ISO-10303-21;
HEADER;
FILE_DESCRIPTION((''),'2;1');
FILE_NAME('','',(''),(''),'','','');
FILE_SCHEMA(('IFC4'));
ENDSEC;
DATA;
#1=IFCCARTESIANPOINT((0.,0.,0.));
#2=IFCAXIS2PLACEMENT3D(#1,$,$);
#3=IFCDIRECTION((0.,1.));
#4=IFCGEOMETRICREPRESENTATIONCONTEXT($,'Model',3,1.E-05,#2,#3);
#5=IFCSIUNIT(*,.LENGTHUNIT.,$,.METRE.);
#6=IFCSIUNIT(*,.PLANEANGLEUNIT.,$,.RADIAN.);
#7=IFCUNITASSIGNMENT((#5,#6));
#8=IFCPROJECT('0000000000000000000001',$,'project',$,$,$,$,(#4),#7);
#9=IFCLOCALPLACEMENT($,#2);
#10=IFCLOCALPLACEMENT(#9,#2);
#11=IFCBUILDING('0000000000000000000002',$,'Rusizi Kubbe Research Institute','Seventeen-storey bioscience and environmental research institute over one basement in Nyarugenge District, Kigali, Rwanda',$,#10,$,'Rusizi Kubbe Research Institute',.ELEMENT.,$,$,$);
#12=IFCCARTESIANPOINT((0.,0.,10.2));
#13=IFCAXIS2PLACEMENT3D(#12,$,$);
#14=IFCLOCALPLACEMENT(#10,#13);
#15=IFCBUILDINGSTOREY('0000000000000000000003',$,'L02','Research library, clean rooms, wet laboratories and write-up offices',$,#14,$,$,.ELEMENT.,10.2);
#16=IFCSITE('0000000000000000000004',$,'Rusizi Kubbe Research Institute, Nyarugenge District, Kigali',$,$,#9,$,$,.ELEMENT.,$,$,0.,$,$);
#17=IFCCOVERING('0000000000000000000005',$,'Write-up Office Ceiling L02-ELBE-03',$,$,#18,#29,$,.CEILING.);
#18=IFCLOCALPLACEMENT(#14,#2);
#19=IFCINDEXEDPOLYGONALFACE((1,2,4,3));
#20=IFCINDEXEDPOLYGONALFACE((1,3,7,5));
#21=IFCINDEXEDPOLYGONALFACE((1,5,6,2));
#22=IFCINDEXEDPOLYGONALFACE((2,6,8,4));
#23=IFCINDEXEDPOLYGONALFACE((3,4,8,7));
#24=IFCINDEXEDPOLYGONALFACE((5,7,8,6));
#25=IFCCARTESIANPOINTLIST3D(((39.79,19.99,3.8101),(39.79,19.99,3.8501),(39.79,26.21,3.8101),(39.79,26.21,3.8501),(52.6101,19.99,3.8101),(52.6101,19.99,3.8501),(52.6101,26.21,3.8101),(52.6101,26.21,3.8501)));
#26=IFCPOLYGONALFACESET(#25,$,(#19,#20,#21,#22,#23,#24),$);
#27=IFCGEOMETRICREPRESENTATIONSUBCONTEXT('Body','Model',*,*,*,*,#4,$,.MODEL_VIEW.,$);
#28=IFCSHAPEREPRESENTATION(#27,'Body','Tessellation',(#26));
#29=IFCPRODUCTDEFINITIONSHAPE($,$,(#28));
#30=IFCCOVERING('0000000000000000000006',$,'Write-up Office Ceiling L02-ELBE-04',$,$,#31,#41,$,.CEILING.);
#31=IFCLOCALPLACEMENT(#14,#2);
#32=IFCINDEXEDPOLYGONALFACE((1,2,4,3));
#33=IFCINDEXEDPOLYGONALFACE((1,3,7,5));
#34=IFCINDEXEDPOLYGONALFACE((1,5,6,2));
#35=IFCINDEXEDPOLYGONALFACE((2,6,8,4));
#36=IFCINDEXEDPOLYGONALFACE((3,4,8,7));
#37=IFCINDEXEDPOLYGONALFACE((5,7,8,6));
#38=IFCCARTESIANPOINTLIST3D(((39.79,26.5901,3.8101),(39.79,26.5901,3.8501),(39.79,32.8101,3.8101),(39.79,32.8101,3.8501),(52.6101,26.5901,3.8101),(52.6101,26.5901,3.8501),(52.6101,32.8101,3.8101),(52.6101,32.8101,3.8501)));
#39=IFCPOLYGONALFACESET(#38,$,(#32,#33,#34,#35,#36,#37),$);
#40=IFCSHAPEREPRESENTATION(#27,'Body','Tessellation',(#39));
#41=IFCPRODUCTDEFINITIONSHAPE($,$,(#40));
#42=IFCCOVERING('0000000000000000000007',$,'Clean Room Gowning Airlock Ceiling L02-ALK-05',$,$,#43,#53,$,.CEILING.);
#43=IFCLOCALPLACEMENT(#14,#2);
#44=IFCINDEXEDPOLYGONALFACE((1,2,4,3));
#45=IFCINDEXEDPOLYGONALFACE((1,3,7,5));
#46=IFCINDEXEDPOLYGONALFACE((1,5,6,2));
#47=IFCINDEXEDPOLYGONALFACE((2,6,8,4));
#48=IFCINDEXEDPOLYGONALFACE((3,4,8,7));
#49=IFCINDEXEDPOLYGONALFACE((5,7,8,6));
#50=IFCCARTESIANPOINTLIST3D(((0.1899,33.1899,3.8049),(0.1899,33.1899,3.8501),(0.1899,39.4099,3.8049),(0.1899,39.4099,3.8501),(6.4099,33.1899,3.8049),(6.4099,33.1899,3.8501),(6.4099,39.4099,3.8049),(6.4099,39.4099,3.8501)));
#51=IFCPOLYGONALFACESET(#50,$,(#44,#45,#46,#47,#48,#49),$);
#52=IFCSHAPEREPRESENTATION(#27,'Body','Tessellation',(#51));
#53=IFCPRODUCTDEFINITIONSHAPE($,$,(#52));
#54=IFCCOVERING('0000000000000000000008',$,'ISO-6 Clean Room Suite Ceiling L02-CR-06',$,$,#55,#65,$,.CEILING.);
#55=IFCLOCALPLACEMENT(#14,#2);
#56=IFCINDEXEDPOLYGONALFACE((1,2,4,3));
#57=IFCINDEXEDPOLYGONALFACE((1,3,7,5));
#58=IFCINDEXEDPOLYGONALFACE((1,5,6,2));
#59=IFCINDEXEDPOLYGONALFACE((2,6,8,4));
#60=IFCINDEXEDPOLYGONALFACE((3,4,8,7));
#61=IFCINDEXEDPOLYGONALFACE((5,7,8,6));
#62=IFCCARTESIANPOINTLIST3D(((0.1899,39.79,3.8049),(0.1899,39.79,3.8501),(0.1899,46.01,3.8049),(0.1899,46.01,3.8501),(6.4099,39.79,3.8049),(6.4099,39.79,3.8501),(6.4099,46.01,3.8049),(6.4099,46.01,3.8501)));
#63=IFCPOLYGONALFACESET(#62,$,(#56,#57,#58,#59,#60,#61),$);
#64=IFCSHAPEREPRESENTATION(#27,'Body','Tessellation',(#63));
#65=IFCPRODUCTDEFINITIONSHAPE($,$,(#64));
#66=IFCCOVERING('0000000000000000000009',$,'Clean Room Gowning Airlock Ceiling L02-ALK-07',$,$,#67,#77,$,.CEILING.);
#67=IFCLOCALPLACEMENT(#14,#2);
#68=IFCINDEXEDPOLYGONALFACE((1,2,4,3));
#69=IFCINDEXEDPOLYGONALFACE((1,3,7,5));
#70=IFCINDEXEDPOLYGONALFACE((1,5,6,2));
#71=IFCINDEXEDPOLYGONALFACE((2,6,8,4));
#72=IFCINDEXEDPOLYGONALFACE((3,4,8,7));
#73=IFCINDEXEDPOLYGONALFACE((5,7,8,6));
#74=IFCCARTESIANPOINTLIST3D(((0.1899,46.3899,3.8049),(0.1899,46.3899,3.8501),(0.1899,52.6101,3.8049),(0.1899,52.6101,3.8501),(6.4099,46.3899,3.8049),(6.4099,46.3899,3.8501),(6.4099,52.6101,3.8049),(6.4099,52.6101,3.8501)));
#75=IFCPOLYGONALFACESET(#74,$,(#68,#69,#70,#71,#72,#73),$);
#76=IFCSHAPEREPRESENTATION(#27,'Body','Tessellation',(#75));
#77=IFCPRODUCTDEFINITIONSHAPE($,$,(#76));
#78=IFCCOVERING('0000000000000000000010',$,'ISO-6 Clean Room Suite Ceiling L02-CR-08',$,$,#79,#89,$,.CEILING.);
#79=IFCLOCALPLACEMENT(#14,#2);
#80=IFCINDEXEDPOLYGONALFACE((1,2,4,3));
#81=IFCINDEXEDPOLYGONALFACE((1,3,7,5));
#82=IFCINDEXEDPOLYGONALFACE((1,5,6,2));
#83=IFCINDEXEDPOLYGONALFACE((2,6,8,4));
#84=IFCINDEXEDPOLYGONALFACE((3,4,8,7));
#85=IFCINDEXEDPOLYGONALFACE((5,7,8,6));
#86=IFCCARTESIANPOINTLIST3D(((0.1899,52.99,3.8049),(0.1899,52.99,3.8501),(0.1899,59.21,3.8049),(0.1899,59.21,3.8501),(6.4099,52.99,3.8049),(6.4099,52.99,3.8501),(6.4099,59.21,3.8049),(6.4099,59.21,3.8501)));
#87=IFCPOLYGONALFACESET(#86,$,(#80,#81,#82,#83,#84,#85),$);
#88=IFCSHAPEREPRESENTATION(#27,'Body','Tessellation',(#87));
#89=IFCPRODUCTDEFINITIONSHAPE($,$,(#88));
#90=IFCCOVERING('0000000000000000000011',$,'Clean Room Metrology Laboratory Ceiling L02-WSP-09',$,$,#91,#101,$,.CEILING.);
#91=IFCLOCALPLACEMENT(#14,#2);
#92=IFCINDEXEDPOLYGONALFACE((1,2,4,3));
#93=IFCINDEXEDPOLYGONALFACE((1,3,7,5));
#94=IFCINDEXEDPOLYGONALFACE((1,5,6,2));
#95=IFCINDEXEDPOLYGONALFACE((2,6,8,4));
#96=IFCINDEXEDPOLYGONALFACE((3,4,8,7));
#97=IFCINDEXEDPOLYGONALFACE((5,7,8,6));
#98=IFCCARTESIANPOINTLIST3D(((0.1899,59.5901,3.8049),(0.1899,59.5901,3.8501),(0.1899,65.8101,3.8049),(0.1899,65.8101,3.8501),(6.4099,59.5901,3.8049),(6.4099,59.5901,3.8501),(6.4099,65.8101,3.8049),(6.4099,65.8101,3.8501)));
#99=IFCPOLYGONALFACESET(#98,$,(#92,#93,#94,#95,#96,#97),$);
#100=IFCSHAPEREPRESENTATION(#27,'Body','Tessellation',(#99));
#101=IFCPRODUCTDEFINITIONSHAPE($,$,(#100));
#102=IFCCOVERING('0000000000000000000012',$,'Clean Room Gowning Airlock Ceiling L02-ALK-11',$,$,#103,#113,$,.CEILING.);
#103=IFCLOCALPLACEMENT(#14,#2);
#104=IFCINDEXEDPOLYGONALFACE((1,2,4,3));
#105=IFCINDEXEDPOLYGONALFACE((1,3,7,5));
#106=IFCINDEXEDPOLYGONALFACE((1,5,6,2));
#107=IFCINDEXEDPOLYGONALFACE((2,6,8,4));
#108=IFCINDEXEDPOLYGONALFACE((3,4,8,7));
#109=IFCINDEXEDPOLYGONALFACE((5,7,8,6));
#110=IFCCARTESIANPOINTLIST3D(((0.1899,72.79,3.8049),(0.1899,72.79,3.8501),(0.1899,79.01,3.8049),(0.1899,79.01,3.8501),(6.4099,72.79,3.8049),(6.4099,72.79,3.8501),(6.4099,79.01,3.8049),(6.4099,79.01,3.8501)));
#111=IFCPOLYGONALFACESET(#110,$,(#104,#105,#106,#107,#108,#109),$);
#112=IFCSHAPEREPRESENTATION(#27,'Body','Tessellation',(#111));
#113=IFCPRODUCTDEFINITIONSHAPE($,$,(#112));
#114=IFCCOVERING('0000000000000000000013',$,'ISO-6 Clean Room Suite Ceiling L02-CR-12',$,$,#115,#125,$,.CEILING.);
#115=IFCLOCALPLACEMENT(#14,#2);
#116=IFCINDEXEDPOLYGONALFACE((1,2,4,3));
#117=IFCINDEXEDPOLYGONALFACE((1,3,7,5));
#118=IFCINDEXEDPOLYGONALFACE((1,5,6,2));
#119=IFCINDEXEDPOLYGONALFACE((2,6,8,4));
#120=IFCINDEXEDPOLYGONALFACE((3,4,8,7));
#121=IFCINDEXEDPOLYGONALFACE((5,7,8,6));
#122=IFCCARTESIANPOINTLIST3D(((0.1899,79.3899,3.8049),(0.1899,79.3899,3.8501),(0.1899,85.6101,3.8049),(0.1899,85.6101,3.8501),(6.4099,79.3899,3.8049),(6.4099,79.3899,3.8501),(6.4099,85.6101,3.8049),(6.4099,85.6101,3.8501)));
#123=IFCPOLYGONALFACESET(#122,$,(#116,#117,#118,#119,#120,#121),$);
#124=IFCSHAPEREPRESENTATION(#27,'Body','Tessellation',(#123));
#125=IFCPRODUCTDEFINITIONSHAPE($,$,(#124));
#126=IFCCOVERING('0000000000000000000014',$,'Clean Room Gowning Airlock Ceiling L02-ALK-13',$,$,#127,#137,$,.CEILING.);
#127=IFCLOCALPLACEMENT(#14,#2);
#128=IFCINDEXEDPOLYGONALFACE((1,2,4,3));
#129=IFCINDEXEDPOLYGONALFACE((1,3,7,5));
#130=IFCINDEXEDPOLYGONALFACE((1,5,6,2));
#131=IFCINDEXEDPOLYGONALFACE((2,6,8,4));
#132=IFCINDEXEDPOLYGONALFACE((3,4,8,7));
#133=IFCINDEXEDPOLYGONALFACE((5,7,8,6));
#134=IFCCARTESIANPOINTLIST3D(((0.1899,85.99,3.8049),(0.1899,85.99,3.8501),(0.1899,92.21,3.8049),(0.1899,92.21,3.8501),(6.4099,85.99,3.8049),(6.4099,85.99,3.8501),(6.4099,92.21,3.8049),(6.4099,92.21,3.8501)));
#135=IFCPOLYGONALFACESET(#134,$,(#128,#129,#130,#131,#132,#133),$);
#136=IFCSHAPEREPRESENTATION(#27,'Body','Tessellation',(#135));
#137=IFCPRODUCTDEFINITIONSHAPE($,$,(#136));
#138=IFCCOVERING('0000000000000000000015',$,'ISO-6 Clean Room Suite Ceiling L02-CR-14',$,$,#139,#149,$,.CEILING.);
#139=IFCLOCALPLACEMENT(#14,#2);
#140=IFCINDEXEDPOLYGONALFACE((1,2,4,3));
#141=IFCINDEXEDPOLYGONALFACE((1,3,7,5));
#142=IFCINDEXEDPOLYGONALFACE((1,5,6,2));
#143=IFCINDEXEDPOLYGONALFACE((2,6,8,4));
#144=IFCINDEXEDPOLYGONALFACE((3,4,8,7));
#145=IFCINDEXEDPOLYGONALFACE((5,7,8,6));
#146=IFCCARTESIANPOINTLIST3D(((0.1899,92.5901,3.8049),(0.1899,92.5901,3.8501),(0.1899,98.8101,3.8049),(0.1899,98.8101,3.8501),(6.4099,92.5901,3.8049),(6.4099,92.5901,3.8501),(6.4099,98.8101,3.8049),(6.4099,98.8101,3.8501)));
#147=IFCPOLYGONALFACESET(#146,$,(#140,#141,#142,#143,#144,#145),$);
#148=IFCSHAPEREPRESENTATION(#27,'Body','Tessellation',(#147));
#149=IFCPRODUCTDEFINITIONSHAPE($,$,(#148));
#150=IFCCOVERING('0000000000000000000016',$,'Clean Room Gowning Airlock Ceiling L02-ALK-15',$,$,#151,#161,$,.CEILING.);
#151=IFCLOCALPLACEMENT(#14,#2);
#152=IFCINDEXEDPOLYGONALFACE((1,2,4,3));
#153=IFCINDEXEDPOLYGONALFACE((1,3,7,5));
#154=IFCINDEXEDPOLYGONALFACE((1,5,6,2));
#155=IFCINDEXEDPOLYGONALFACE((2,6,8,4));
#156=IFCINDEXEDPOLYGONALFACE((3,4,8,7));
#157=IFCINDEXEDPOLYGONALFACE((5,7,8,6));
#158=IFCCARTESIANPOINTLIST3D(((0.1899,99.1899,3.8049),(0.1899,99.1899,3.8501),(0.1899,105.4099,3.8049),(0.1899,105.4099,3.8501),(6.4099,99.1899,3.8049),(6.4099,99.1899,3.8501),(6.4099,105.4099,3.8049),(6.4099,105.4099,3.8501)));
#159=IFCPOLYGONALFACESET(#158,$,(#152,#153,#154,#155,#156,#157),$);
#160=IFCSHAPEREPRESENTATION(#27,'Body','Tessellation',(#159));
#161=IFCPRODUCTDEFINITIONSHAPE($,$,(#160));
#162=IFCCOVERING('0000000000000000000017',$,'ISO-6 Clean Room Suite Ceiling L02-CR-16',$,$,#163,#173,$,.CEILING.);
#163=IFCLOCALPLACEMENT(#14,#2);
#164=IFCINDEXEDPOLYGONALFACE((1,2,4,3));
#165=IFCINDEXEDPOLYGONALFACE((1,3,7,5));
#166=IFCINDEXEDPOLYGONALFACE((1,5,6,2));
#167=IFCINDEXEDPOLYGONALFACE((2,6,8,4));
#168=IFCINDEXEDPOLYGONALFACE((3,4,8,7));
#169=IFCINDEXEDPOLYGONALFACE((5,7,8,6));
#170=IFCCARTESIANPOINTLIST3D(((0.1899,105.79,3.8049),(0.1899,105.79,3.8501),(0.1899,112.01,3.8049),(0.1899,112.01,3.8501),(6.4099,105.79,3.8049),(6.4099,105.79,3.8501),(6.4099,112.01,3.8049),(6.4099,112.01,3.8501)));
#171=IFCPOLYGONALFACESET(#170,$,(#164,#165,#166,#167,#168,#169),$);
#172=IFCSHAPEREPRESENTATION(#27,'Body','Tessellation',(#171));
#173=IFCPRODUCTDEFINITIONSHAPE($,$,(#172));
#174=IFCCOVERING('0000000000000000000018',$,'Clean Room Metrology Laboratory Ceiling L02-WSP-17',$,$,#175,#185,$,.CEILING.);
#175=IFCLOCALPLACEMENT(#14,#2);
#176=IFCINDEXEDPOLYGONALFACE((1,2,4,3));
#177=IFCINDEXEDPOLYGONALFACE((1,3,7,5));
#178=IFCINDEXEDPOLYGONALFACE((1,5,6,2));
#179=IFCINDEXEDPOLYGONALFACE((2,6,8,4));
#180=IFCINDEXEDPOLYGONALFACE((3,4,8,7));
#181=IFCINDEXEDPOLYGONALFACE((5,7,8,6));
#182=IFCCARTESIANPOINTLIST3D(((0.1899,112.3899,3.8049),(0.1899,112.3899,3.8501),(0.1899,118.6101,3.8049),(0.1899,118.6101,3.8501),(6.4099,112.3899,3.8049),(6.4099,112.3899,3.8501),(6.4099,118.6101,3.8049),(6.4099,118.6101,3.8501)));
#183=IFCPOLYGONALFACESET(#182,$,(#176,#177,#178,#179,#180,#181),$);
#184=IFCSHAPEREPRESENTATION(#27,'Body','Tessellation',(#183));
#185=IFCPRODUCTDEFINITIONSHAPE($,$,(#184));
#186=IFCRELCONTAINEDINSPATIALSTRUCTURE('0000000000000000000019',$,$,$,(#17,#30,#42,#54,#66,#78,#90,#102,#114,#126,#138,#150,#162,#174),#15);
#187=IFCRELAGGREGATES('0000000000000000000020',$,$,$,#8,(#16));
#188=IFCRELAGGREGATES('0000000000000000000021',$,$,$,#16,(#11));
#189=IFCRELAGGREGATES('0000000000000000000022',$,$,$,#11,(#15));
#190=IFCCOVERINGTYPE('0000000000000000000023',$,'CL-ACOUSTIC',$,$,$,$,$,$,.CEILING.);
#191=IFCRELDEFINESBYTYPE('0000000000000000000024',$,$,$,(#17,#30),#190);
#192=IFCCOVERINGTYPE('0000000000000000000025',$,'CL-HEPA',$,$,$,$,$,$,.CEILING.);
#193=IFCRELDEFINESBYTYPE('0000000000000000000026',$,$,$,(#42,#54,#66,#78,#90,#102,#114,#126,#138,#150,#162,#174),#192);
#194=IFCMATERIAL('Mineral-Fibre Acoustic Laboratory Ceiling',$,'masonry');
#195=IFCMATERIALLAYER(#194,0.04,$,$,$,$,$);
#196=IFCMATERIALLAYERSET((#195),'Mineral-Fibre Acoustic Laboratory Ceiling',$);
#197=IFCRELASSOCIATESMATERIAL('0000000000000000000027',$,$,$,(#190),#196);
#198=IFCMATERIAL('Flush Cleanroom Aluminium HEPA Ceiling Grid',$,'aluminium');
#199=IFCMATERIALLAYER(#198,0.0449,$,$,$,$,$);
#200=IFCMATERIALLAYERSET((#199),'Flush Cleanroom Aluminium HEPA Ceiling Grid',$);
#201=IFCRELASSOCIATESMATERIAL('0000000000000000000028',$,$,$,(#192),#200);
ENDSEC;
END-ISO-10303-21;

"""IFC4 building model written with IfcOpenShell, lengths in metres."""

from ifc_helpers import new_model, si_unit, direction, frame, origin, place, context, subcontext, project, spatial, polyline, outline, extrude, material, layer, layer_set, type_object, element, save


model = new_model("IFC4")

# Units and contexts
model_context = context("Model", 3, precision=1e-05, world=origin(), true_north=direction((0.0, 1.0)))
body_context = subcontext(model_context, "Body", "Model", "MODEL_VIEW")
ifc_project = project(units=[si_unit("LENGTHUNIT", "METRE"), si_unit("PLANEANGLEUNIT", "RADIAN")], contexts=[model_context])

# Site, building, storey
site_placement = place(None, origin())
site = spatial("IfcSite", under=ifc_project, at=site_placement, Name="Rusizi Kubbe Research Institute, Nyarugenge District, Kigali", CompositionType="ELEMENT", RefElevation=0.0)
building_placement = place(site_placement, origin())
building = spatial("IfcBuilding", under=site, at=building_placement, Name="Rusizi Kubbe Research Institute", Description="Seventeen-storey bioscience and environmental research institute over one basement in Nyarugenge District, Kigali, Rwanda", LongName="Rusizi Kubbe Research Institute", CompositionType="ELEMENT")
storey_placement = place(building_placement, frame((0.0, 0.0, 10.2)))
storey = spatial("IfcBuildingStorey", under=building, at=storey_placement, Name="L02", Description="Research library, clean rooms, wet laboratories and write-up offices", CompositionType="ELEMENT", Elevation=10.2)

# Coverings
ifc_material_1 = material(Name="Mineral-Fibre Acoustic Laboratory Ceiling", Category="masonry")
ifc_layer_1 = layer(ifc_material_1, 0.04)
ifc_layer_set_1 = layer_set([ifc_layer_1], Name="Mineral-Fibre Acoustic Laboratory Ceiling")
covering_type_1 = type_object("IfcCoveringType", Name="CL-ACOUSTIC", PredefinedType="CEILING", material=ifc_layer_set_1)
covering_1_placement = place(storey_placement, frame((0.0, 0.0, 3.8101)))
element("IfcCovering", 1, at=covering_1_placement, inside=storey, type_object=covering_type_1, Name="Write-up Office Ceiling L02-ELBE-03", PredefinedType="CEILING", context=body_context, shape_type="SweptSolid", body=[
    extrude(outline(polyline([(39.79, 19.99), (52.6101, 19.99), (52.6101, 26.21), (39.79, 26.21), (39.79, 19.99)])), origin(), (0.0, 0.0, 1.0), 0.04),
])
covering_2_placement = place(storey_placement, frame((0.0, 0.0, 3.8101)))
element("IfcCovering", 2, at=covering_2_placement, inside=storey, type_object=covering_type_1, Name="Write-up Office Ceiling L02-ELBE-04", PredefinedType="CEILING", context=body_context, shape_type="SweptSolid", body=[
    extrude(outline(polyline([(39.79, 26.5901), (52.6101, 26.5901), (52.6101, 32.8101), (39.79, 32.8101), (39.79, 26.5901)])), origin(), (0.0, 0.0, 1.0), 0.04),
])
ifc_material_2 = material(Name="Flush Cleanroom Aluminium HEPA Ceiling Grid", Category="aluminium")
ifc_layer_2 = layer(ifc_material_2, 0.0449)
ifc_layer_set_2 = layer_set([ifc_layer_2], Name="Flush Cleanroom Aluminium HEPA Ceiling Grid")
covering_type_2 = type_object("IfcCoveringType", Name="CL-HEPA", PredefinedType="CEILING", material=ifc_layer_set_2)
covering_3_placement = place(storey_placement, frame((0.0, 0.0, 3.8049)))
element("IfcCovering", 3, at=covering_3_placement, inside=storey, type_object=covering_type_2, Name="Clean Room Gowning Airlock Ceiling L02-ALK-05", PredefinedType="CEILING", context=body_context, shape_type="SweptSolid", body=[
    extrude(outline(polyline([(0.1899, 33.1899), (6.4099, 33.1899), (6.4099, 39.4099), (0.1899, 39.4099), (0.1899, 33.1899)])), origin(), (0.0, 0.0, 1.0), 0.0452),
])
covering_4_placement = place(storey_placement, frame((0.0, 0.0, 3.8049)))
element("IfcCovering", 4, at=covering_4_placement, inside=storey, type_object=covering_type_2, Name="ISO-6 Clean Room Suite Ceiling L02-CR-06", PredefinedType="CEILING", context=body_context, shape_type="SweptSolid", body=[
    extrude(outline(polyline([(0.1899, 39.79), (6.4099, 39.79), (6.4099, 46.01), (0.1899, 46.01), (0.1899, 39.79)])), origin(), (0.0, 0.0, 1.0), 0.0452),
])
covering_5_placement = place(storey_placement, frame((0.0, 0.0, 3.8049)))
element("IfcCovering", 5, at=covering_5_placement, inside=storey, type_object=covering_type_2, Name="Clean Room Gowning Airlock Ceiling L02-ALK-07", PredefinedType="CEILING", context=body_context, shape_type="SweptSolid", body=[
    extrude(outline(polyline([(0.1899, 46.3899), (6.4099, 46.3899), (6.4099, 52.6101), (0.1899, 52.6101), (0.1899, 46.3899)])), origin(), (0.0, 0.0, 1.0), 0.0452),
])
covering_6_placement = place(storey_placement, frame((0.0, 0.0, 3.8049)))
element("IfcCovering", 6, at=covering_6_placement, inside=storey, type_object=covering_type_2, Name="ISO-6 Clean Room Suite Ceiling L02-CR-08", PredefinedType="CEILING", context=body_context, shape_type="SweptSolid", body=[
    extrude(outline(polyline([(0.1899, 52.99), (6.4099, 52.99), (6.4099, 59.21), (0.1899, 59.21), (0.1899, 52.99)])), origin(), (0.0, 0.0, 1.0), 0.0452),
])
covering_7_placement = place(storey_placement, frame((0.0, 0.0, 3.8049)))
element("IfcCovering", 7, at=covering_7_placement, inside=storey, type_object=covering_type_2, Name="Clean Room Metrology Laboratory Ceiling L02-WSP-09", PredefinedType="CEILING", context=body_context, shape_type="SweptSolid", body=[
    extrude(outline(polyline([(0.1899, 59.5901), (6.4099, 59.5901), (6.4099, 65.8101), (0.1899, 65.8101), (0.1899, 59.5901)])), origin(), (0.0, 0.0, 1.0), 0.0452),
])
covering_8_placement = place(storey_placement, frame((0.0, 0.0, 3.8049)))
element("IfcCovering", 8, at=covering_8_placement, inside=storey, type_object=covering_type_2, Name="Clean Room Gowning Airlock Ceiling L02-ALK-11", PredefinedType="CEILING", context=body_context, shape_type="SweptSolid", body=[
    extrude(outline(polyline([(0.1899, 72.79), (6.4099, 72.79), (6.4099, 79.01), (0.1899, 79.01), (0.1899, 72.79)])), origin(), (0.0, 0.0, 1.0), 0.0452),
])
covering_9_placement = place(storey_placement, frame((0.0, 0.0, 3.8049)))
element("IfcCovering", 9, at=covering_9_placement, inside=storey, type_object=covering_type_2, Name="ISO-6 Clean Room Suite Ceiling L02-CR-12", PredefinedType="CEILING", context=body_context, shape_type="SweptSolid", body=[
    extrude(outline(polyline([(0.1899, 79.3899), (6.4099, 79.3899), (6.4099, 85.6101), (0.1899, 85.6101), (0.1899, 79.3899)])), origin(), (0.0, 0.0, 1.0), 0.0452),
])
covering_10_placement = place(storey_placement, frame((0.0, 0.0, 3.8049)))
element("IfcCovering", 10, at=covering_10_placement, inside=storey, type_object=covering_type_2, Name="Clean Room Gowning Airlock Ceiling L02-ALK-13", PredefinedType="CEILING", context=body_context, shape_type="SweptSolid", body=[
    extrude(outline(polyline([(0.1899, 85.99), (6.4099, 85.99), (6.4099, 92.21), (0.1899, 92.21), (0.1899, 85.99)])), origin(), (0.0, 0.0, 1.0), 0.0452),
])
covering_11_placement = place(storey_placement, frame((0.0, 0.0, 3.8049)))
element("IfcCovering", 11, at=covering_11_placement, inside=storey, type_object=covering_type_2, Name="ISO-6 Clean Room Suite Ceiling L02-CR-14", PredefinedType="CEILING", context=body_context, shape_type="SweptSolid", body=[
    extrude(outline(polyline([(0.1899, 92.5901), (6.4099, 92.5901), (6.4099, 98.8101), (0.1899, 98.8101), (0.1899, 92.5901)])), origin(), (0.0, 0.0, 1.0), 0.0452),
])
covering_12_placement = place(storey_placement, frame((0.0, 0.0, 3.8049)))
element("IfcCovering", 12, at=covering_12_placement, inside=storey, type_object=covering_type_2, Name="Clean Room Gowning Airlock Ceiling L02-ALK-15", PredefinedType="CEILING", context=body_context, shape_type="SweptSolid", body=[
    extrude(outline(polyline([(0.1899, 99.1899), (6.4099, 99.1899), (6.4099, 105.4099), (0.1899, 105.4099), (0.1899, 99.1899)])), origin(), (0.0, 0.0, 1.0), 0.0452),
])
covering_13_placement = place(storey_placement, frame((0.0, 0.0, 3.8049)))
element("IfcCovering", 13, at=covering_13_placement, inside=storey, type_object=covering_type_2, Name="ISO-6 Clean Room Suite Ceiling L02-CR-16", PredefinedType="CEILING", context=body_context, shape_type="SweptSolid", body=[
    extrude(outline(polyline([(0.1899, 105.79), (6.4099, 105.79), (6.4099, 112.01), (0.1899, 112.01), (0.1899, 105.79)])), origin(), (0.0, 0.0, 1.0), 0.0452),
])
covering_14_placement = place(storey_placement, frame((0.0, 0.0, 3.8049)))
element("IfcCovering", 14, at=covering_14_placement, inside=storey, type_object=covering_type_2, Name="Clean Room Metrology Laboratory Ceiling L02-WSP-17", PredefinedType="CEILING", context=body_context, shape_type="SweptSolid", body=[
    extrude(outline(polyline([(0.1899, 112.3899), (6.4099, 112.3899), (6.4099, 118.6101), (0.1899, 118.6101), (0.1899, 112.3899)])), origin(), (0.0, 0.0, 1.0), 0.0452),
])

save(model, "model.ifc")
